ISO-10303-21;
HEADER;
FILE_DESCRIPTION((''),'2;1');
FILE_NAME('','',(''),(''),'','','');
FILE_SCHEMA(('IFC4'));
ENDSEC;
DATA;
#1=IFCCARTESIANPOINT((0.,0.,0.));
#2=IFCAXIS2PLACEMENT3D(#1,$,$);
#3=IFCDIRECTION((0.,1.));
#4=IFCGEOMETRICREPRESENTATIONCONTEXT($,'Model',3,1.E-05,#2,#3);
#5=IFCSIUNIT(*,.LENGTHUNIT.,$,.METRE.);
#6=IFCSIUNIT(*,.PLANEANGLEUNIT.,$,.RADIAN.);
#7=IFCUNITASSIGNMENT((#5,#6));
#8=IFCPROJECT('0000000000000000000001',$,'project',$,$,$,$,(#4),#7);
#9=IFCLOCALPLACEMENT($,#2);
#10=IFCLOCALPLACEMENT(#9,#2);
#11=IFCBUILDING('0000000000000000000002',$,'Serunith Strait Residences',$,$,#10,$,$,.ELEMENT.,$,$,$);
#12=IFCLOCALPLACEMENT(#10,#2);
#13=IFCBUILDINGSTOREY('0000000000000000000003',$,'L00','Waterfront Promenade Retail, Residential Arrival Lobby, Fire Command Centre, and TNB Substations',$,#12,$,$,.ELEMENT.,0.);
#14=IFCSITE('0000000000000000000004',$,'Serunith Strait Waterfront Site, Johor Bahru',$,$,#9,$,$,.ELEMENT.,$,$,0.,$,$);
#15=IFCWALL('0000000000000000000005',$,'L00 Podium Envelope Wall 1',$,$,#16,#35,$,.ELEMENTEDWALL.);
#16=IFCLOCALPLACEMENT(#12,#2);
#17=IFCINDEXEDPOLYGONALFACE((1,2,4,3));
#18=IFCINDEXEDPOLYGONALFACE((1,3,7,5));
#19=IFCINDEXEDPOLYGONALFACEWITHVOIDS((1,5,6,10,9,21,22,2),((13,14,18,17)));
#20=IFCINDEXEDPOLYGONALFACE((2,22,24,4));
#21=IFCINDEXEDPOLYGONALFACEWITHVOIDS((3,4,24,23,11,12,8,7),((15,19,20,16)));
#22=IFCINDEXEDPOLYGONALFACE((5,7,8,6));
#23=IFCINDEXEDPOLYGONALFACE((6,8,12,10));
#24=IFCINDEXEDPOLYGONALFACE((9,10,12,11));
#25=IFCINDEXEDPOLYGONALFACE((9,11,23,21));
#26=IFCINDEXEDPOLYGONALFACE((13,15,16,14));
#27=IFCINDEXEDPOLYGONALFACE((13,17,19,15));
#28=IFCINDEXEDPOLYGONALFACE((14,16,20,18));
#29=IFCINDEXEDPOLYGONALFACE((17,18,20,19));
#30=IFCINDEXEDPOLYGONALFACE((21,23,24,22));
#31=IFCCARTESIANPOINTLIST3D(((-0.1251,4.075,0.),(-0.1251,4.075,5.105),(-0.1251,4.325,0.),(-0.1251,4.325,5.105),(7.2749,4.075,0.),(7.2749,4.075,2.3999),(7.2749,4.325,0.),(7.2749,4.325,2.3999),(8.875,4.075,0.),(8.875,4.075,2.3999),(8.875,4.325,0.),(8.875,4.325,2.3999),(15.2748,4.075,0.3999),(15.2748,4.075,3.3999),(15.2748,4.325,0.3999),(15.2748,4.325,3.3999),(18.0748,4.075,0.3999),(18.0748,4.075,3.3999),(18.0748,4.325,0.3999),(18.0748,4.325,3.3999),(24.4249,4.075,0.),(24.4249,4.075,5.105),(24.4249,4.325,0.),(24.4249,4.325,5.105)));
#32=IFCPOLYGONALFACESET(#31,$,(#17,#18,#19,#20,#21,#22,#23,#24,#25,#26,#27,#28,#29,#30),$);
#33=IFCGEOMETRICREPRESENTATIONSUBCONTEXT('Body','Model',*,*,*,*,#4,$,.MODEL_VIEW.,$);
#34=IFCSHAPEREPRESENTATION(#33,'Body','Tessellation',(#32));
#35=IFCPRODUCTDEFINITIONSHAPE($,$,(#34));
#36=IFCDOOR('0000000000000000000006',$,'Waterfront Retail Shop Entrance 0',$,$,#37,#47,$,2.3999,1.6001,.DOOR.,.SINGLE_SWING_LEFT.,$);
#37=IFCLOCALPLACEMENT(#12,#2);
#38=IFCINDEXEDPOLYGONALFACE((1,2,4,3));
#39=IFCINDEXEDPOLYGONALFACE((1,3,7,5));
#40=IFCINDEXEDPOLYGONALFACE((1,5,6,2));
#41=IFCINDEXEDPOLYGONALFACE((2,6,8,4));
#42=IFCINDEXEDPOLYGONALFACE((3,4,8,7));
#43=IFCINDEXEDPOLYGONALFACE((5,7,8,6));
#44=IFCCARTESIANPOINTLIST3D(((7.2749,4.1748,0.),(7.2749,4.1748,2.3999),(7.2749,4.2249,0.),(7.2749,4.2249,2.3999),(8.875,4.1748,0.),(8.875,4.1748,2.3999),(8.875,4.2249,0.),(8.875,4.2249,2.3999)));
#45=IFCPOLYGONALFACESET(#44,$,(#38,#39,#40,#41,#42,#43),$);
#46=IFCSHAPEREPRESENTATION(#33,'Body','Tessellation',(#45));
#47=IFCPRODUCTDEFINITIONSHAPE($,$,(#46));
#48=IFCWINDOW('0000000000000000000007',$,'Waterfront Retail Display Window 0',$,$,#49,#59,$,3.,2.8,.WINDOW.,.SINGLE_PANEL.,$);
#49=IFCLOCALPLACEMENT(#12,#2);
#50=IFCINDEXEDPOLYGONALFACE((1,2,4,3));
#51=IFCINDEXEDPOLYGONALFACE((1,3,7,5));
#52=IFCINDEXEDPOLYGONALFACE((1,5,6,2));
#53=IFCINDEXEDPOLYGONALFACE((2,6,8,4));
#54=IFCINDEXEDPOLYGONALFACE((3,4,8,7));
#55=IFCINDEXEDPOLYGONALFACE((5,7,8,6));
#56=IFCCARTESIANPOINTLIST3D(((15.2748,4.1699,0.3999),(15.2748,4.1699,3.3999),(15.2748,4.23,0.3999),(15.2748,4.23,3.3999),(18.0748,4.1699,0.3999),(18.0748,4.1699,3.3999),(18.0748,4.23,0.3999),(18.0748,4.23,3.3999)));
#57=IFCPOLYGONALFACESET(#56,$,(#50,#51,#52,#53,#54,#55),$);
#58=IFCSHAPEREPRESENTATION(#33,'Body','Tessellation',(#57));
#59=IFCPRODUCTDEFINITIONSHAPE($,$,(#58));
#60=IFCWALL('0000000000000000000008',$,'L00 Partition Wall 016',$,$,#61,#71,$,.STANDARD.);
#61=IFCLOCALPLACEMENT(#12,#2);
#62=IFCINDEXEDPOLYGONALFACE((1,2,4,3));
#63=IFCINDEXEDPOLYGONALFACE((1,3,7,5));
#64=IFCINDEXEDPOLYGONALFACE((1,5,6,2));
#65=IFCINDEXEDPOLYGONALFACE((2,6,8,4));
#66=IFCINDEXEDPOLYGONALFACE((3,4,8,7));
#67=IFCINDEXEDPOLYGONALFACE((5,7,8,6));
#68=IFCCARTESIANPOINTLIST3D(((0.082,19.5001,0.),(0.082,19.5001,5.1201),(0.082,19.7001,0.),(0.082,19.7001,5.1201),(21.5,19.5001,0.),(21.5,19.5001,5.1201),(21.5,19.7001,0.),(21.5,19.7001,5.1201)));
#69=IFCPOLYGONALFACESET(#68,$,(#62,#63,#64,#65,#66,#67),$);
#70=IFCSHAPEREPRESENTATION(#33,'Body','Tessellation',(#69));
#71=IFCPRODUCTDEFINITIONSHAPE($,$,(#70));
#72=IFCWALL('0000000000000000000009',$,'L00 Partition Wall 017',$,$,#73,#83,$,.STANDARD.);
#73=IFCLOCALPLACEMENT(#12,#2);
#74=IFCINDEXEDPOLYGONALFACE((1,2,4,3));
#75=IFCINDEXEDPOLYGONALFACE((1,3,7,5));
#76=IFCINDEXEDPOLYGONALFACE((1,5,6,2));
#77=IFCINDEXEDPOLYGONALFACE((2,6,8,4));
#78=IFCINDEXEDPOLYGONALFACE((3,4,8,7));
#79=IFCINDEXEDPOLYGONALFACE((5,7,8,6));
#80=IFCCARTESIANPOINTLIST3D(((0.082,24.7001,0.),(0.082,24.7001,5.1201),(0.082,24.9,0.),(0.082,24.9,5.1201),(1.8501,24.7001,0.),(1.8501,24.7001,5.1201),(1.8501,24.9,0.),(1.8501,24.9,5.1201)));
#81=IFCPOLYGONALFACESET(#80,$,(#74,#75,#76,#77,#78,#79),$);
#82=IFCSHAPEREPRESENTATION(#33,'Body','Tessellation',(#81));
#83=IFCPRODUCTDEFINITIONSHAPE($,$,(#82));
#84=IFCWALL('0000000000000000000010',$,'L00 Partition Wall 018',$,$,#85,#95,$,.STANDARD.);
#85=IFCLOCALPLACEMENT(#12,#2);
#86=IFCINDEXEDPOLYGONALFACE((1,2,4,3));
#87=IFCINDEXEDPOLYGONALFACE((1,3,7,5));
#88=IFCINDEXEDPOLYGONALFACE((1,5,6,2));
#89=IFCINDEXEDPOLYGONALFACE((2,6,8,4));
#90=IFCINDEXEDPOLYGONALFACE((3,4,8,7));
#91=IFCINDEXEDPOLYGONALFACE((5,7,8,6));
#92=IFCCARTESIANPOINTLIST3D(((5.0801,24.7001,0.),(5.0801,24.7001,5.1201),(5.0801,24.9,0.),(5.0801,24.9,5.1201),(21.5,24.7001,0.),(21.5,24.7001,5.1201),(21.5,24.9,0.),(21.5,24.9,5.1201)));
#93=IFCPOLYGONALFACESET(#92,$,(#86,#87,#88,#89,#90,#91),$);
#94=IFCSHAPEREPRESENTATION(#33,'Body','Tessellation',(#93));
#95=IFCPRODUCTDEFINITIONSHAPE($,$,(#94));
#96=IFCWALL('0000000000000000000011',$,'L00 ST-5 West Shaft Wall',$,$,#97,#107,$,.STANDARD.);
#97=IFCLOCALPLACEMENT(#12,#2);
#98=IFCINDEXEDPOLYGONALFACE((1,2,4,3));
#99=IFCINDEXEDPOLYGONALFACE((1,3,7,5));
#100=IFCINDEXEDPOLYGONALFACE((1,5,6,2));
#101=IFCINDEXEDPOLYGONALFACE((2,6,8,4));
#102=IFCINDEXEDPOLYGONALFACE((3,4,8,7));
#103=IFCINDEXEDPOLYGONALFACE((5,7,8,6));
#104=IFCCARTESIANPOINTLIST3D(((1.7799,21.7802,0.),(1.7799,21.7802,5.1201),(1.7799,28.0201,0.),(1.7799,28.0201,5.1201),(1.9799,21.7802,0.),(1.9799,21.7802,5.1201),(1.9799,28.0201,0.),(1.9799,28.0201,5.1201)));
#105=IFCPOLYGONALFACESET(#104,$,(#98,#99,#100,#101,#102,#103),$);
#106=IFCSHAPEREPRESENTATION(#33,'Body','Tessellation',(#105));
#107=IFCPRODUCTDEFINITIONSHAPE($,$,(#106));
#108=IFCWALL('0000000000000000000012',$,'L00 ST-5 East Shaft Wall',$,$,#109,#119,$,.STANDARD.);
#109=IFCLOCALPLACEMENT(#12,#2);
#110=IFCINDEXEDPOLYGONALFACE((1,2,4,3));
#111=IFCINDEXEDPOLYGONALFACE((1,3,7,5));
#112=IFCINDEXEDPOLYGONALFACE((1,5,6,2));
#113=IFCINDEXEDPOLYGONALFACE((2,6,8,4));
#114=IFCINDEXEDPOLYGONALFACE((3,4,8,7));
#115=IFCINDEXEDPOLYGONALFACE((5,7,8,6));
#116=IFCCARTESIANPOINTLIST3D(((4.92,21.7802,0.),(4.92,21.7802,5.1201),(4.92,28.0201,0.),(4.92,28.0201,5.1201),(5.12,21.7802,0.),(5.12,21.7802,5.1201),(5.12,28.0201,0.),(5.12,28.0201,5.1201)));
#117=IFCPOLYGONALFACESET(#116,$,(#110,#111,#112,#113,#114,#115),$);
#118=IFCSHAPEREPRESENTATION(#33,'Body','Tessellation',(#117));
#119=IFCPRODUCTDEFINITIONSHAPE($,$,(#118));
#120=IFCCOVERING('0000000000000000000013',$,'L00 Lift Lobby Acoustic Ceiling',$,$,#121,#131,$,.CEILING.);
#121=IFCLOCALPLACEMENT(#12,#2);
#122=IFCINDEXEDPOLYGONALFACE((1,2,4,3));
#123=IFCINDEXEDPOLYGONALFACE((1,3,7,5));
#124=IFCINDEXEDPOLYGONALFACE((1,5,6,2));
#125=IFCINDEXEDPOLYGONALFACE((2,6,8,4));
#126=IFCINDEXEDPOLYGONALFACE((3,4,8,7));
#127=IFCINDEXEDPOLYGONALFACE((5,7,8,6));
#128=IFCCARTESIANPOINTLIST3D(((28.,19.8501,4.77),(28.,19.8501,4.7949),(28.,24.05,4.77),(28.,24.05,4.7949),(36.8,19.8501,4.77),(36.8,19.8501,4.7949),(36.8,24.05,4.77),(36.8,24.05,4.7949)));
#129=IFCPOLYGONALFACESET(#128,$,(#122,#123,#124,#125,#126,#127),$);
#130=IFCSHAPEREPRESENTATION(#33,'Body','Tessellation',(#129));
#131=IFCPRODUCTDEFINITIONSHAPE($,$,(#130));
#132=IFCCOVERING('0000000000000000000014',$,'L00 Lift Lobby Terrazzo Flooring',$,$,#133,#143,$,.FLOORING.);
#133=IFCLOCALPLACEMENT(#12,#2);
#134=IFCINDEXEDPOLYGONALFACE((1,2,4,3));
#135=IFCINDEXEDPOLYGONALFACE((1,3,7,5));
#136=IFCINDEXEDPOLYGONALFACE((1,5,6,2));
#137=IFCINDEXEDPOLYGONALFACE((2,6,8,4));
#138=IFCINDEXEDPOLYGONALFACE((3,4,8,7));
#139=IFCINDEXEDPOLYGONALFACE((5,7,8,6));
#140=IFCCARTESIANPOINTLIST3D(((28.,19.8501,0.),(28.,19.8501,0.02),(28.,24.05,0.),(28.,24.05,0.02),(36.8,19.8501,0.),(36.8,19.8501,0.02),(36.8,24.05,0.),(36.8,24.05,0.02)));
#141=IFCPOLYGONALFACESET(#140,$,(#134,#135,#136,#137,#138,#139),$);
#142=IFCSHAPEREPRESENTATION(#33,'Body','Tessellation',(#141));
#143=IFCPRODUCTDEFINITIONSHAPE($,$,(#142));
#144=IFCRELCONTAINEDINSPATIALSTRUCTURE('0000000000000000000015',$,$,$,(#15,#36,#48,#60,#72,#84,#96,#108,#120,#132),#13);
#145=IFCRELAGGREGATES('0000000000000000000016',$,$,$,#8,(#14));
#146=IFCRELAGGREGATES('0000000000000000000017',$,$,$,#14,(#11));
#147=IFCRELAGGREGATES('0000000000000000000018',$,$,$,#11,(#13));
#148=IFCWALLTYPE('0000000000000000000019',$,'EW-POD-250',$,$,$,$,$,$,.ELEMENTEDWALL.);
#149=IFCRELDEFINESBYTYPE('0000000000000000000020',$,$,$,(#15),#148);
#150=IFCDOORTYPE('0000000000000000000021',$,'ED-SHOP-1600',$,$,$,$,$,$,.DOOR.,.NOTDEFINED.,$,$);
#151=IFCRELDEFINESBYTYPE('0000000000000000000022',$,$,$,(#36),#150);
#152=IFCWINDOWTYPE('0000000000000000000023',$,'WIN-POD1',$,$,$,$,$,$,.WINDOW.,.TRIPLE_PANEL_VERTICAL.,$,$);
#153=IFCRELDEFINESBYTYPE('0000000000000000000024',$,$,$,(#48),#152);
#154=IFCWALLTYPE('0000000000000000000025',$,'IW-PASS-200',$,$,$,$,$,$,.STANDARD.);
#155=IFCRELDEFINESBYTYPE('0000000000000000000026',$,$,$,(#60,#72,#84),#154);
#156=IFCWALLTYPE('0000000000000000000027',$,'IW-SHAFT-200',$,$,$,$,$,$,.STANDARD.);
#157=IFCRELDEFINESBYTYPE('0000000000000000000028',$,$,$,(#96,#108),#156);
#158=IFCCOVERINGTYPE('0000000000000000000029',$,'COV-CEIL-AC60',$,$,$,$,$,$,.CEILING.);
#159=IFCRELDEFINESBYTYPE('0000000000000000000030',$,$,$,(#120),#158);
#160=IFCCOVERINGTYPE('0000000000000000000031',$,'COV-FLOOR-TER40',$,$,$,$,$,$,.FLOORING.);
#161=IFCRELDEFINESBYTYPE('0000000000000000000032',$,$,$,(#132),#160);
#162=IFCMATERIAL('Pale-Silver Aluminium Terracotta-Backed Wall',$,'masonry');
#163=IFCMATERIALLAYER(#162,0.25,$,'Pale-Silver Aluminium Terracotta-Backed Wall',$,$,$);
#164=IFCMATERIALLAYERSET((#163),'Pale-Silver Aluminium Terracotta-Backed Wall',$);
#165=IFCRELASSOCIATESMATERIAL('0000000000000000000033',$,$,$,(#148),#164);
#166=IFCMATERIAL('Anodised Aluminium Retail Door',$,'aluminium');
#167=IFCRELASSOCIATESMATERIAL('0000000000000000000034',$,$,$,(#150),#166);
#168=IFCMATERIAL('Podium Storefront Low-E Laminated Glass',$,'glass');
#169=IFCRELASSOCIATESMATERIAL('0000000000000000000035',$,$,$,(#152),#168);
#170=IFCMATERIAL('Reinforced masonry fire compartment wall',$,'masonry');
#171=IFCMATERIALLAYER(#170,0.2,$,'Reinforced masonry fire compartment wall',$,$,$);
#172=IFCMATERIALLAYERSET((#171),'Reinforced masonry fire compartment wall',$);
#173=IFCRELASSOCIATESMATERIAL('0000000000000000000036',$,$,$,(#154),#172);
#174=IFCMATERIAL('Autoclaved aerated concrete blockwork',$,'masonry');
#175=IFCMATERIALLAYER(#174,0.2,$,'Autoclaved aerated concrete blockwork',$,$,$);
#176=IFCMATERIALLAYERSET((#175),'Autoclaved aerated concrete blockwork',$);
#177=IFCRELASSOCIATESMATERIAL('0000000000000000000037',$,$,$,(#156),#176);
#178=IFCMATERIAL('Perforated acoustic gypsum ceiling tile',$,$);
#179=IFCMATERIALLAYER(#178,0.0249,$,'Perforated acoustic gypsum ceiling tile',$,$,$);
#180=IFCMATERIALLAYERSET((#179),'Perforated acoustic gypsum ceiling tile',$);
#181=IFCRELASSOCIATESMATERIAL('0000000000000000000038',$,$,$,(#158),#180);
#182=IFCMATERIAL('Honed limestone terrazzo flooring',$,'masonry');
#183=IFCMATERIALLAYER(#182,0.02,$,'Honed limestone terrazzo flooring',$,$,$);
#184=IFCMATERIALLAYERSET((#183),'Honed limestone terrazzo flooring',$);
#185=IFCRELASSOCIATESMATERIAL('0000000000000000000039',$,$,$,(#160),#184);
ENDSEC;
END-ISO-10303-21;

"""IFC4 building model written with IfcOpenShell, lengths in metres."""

from ifc_helpers import new_model, si_unit, direction, frame, frame_2d, origin, place, context, subcontext, project, spatial, polyline, rectangle, outline, extrude, source, transform, mapped, material, layer, layer_set, type_object, element, fill, save


model = new_model("IFC4")

# Units and contexts
model_context = context("Model", 3, precision=1e-05, world=origin(), true_north=direction((0.0, 1.0)))
body_context = subcontext(model_context, "Body", "Model", "MODEL_VIEW")
ifc_project = project(units=[si_unit("LENGTHUNIT", "METRE"), si_unit("PLANEANGLEUNIT", "RADIAN")], contexts=[model_context])

# Site, building, storey
site_placement = place(None, origin())
site = spatial("IfcSite", under=ifc_project, at=site_placement, Name="Serunith Strait Waterfront Site, Johor Bahru", CompositionType="ELEMENT", RefElevation=0.0)
building_placement = place(site_placement, origin())
building = spatial("IfcBuilding", under=site, at=building_placement, Name="Serunith Strait Residences", CompositionType="ELEMENT")
storey_placement = place(building_placement, origin())
storey = spatial("IfcBuildingStorey", under=building, at=storey_placement, Name="L00", Description="Waterfront Promenade Retail, Residential Arrival Lobby, Fire Command Centre, and TNB Substations", CompositionType="ELEMENT", Elevation=0.0)

# Wall, openings, door, window
ifc_material_1 = material(Name="Pale-Silver Aluminium Terracotta-Backed Wall", Category="masonry")
ifc_layer_1 = layer(ifc_material_1, 0.25, Name="Pale-Silver Aluminium Terracotta-Backed Wall")
ifc_layer_set_1 = layer_set([ifc_layer_1], Name="Pale-Silver Aluminium Terracotta-Backed Wall")
wall_type_1 = type_object("IfcWallType", Name="EW-POD-250", PredefinedType="ELEMENTEDWALL", material=ifc_layer_set_1)
wall_1_placement = place(storey_placement, frame((-0.125, 4.2, 0.0), z_axis=(0.0, 0.0, 1.0), x_axis=(1.0, 0.0, 0.0)))
wall_1 = element("IfcWall", 1, at=wall_1_placement, inside=storey, type_object=wall_type_1, Name="L00 Podium Envelope Wall 1", PredefinedType="ELEMENTEDWALL", context=body_context, shape_type="SweptSolid", body=[
    extrude(rectangle(XDim=24.55, YDim=0.25, at=frame_2d((12.2749, 0.0))), origin(), (0.0, 0.0, 1.0), 5.105),
])
opening_1_placement = place(wall_1_placement, frame((7.3999, 0.0, 0.0)))
opening_1 = element("IfcOpeningElement", 2, at=opening_1_placement, cuts=wall_1, PredefinedType="OPENING", context=body_context, shape_type="SweptSolid", body=[
    extrude(rectangle(XDim=1.6001, YDim=2.3999, at=frame_2d((0.8, 1.2))), frame((0.0, 0.135, 0.0), z_axis=(0.0, -1.0, 0.0), x_axis=(1.0, 0.0, 0.0)), (0.0, 0.0, 1.0), 0.27),
])
opening_2_placement = place(wall_1_placement, frame((15.3999, 0.0, 0.3999)))
opening_2 = element("IfcOpeningElement", 3, at=opening_2_placement, cuts=wall_1, PredefinedType="OPENING", context=body_context, shape_type="SweptSolid", body=[
    extrude(rectangle(XDim=2.8, YDim=3.0, at=frame_2d((1.3999, 1.5))), frame((0.0, 0.135, 0.0), z_axis=(0.0, -1.0, 0.0), x_axis=(1.0, 0.0, 0.0)), (0.0, 0.0, 1.0), 0.27),
])
ifc_material_2 = material(Name="Anodised Aluminium Retail Door", Category="aluminium")
door_type_1 = type_object("IfcDoorType", Name="ED-SHOP-1600", OperationType="NOTDEFINED", PredefinedType="DOOR", material=ifc_material_2)
shared_shape_1 = source(origin(), body_context, "Body", "SweptSolid", [
    extrude(rectangle(XDim=1.6001, YDim=2.3999, at=frame_2d((0.8, 1.2))), frame((0.0, 0.0249, 0.0), z_axis=(0.0, -1.0, 0.0), x_axis=(1.0, 0.0, 0.0)), (0.0, 0.0, 1.0), 0.05),
])
door_1_placement = place(opening_1_placement, origin())
door_1 = element("IfcDoor", 4, at=door_1_placement, inside=storey, type_object=door_type_1, Name="Waterfront Retail Shop Entrance 0", OperationType="SINGLE_SWING_LEFT", OverallHeight=2.3999, OverallWidth=1.6001, PredefinedType="DOOR", context=body_context, shape_type="MappedRepresentation", body=[
    mapped(shared_shape_1, transform((0.0, 0.0, 0.0), scale=1.0)),
])
fill(opening_1, door_1)
ifc_material_3 = material(Name="Podium Storefront Low-E Laminated Glass", Category="glass")
window_type = type_object("IfcWindowType", Name="WIN-POD1", PartitioningType="TRIPLE_PANEL_VERTICAL", PredefinedType="WINDOW", material=ifc_material_3)
shared_shape_2 = source(origin(), body_context, "Body", "SweptSolid", [
    extrude(rectangle(XDim=2.8, YDim=3.0, at=frame_2d((1.3999, 1.5))), frame((0.0, 0.03, 0.0), z_axis=(0.0, -1.0, 0.0), x_axis=(1.0, 0.0, 0.0)), (0.0, 0.0, 1.0), 0.0601),
])
window_placement = place(opening_2_placement, origin())
window = element("IfcWindow", 5, at=window_placement, inside=storey, type_object=window_type, Name="Waterfront Retail Display Window 0", OverallHeight=3.0, OverallWidth=2.8, PartitioningType="SINGLE_PANEL", PredefinedType="WINDOW", context=body_context, shape_type="MappedRepresentation", body=[
    mapped(shared_shape_2, transform((0.0, 0.0, 0.0), scale=1.0)),
])
fill(opening_2, window)

# Walls
ifc_material_4 = material(Name="Reinforced masonry fire compartment wall", Category="masonry")
ifc_layer_2 = layer(ifc_material_4, 0.2, Name="Reinforced masonry fire compartment wall")
ifc_layer_set_2 = layer_set([ifc_layer_2], Name="Reinforced masonry fire compartment wall")
wall_type_2 = type_object("IfcWallType", Name="IW-PASS-200", PredefinedType="STANDARD", material=ifc_layer_set_2)
wall_2_placement = place(storey_placement, frame((0.082, 19.6001, 0.0), z_axis=(0.0, 0.0, 1.0), x_axis=(1.0, 0.0, 0.0)))
element("IfcWall", 6, at=wall_2_placement, inside=storey, type_object=wall_type_2, Name="L00 Partition Wall 016", PredefinedType="STANDARD", context=body_context, shape_type="SweptSolid", body=[
    extrude(rectangle(XDim=21.418, YDim=0.2, at=frame_2d((10.709, 0.0))), origin(), (0.0, 0.0, 1.0), 5.1201),
])
wall_3_placement = place(storey_placement, frame((0.082, 24.8, 0.0), z_axis=(0.0, 0.0, 1.0), x_axis=(1.0, 0.0, 0.0)))
element("IfcWall", 7, at=wall_3_placement, inside=storey, type_object=wall_type_2, Name="L00 Partition Wall 017", PredefinedType="STANDARD", context=body_context, shape_type="SweptSolid", body=[
    extrude(rectangle(XDim=1.7681, YDim=0.2, at=frame_2d((0.884, 0.0))), origin(), (0.0, 0.0, 1.0), 5.1201),
])
wall_4_placement = place(storey_placement, frame((5.0801, 24.8, 0.0), z_axis=(0.0, 0.0, 1.0), x_axis=(1.0, 0.0, 0.0)))
element("IfcWall", 8, at=wall_4_placement, inside=storey, type_object=wall_type_2, Name="L00 Partition Wall 018", PredefinedType="STANDARD", context=body_context, shape_type="SweptSolid", body=[
    extrude(rectangle(XDim=16.4199, YDim=0.2, at=frame_2d((8.21, 0.0))), origin(), (0.0, 0.0, 1.0), 5.1201),
])

# Shared definitions
ifc_material_5 = material(Name="Autoclaved aerated concrete blockwork", Category="masonry")
ifc_layer_3 = layer(ifc_material_5, 0.2, Name="Autoclaved aerated concrete blockwork")
ifc_layer_set_3 = layer_set([ifc_layer_3], Name="Autoclaved aerated concrete blockwork")
wall_type_3 = type_object("IfcWallType", Name="IW-SHAFT-200", PredefinedType="STANDARD", material=ifc_layer_set_3)

# Walls
for number, where, z_axis, x_axis, name in (
    (9, (1.8799, 21.78, 0.0), (0.0, 0.0, 1.0), (0.0, 1.0, 0.0), "L00 ST-5 West Shaft Wall"),
    (10, (5.02, 21.78, 0.0), (0.0, 0.0, 1.0), (0.0, 1.0, 0.0), "L00 ST-5 East Shaft Wall"),
):
    element("IfcWall", number, at=place(storey_placement, frame(where, z_axis=z_axis, x_axis=x_axis)), inside=storey, type_object=wall_type_3, Name=name, PredefinedType="STANDARD", context=body_context, shape_type="SweptSolid", body=[
        extrude(rectangle(XDim=6.24, YDim=0.2, at=frame_2d((3.1201, 0.0))), origin(), (0.0, 0.0, 1.0), 5.1201),
    ])

# Coverings
ifc_material_6 = material(Name="Perforated acoustic gypsum ceiling tile")
ifc_layer_4 = layer(ifc_material_6, 0.0249, Name="Perforated acoustic gypsum ceiling tile")
ifc_layer_set_4 = layer_set([ifc_layer_4], Name="Perforated acoustic gypsum ceiling tile")
covering_type_1 = type_object("IfcCoveringType", Name="COV-CEIL-AC60", PredefinedType="CEILING", material=ifc_layer_set_4)
covering_1_placement = place(storey_placement, frame((0.0, 0.0, 4.77)))
element("IfcCovering", 11, at=covering_1_placement, inside=storey, type_object=covering_type_1, Name="L00 Lift Lobby Acoustic Ceiling", PredefinedType="CEILING", context=body_context, shape_type="SweptSolid", body=[
    extrude(outline(polyline([(28.0, 19.8501), (36.8, 19.8501), (36.8, 24.05), (28.0, 24.05), (28.0, 19.8501)])), origin(), (0.0, 0.0, 1.0), 0.0249),
])
ifc_material_7 = material(Name="Honed limestone terrazzo flooring", Category="masonry")
ifc_layer_5 = layer(ifc_material_7, 0.02, Name="Honed limestone terrazzo flooring")
ifc_layer_set_5 = layer_set([ifc_layer_5], Name="Honed limestone terrazzo flooring")
covering_type_2 = type_object("IfcCoveringType", Name="COV-FLOOR-TER40", PredefinedType="FLOORING", material=ifc_layer_set_5)
covering_2_placement = place(storey_placement, origin())
element("IfcCovering", 12, at=covering_2_placement, inside=storey, type_object=covering_type_2, Name="L00 Lift Lobby Terrazzo Flooring", PredefinedType="FLOORING", context=body_context, shape_type="SweptSolid", body=[
    extrude(outline(polyline([(28.0, 19.8501), (36.8, 19.8501), (36.8, 24.05), (28.0, 24.05), (28.0, 19.8501)])), origin(), (0.0, 0.0, 1.0), 0.02),
])

save(model, "model.ifc")
